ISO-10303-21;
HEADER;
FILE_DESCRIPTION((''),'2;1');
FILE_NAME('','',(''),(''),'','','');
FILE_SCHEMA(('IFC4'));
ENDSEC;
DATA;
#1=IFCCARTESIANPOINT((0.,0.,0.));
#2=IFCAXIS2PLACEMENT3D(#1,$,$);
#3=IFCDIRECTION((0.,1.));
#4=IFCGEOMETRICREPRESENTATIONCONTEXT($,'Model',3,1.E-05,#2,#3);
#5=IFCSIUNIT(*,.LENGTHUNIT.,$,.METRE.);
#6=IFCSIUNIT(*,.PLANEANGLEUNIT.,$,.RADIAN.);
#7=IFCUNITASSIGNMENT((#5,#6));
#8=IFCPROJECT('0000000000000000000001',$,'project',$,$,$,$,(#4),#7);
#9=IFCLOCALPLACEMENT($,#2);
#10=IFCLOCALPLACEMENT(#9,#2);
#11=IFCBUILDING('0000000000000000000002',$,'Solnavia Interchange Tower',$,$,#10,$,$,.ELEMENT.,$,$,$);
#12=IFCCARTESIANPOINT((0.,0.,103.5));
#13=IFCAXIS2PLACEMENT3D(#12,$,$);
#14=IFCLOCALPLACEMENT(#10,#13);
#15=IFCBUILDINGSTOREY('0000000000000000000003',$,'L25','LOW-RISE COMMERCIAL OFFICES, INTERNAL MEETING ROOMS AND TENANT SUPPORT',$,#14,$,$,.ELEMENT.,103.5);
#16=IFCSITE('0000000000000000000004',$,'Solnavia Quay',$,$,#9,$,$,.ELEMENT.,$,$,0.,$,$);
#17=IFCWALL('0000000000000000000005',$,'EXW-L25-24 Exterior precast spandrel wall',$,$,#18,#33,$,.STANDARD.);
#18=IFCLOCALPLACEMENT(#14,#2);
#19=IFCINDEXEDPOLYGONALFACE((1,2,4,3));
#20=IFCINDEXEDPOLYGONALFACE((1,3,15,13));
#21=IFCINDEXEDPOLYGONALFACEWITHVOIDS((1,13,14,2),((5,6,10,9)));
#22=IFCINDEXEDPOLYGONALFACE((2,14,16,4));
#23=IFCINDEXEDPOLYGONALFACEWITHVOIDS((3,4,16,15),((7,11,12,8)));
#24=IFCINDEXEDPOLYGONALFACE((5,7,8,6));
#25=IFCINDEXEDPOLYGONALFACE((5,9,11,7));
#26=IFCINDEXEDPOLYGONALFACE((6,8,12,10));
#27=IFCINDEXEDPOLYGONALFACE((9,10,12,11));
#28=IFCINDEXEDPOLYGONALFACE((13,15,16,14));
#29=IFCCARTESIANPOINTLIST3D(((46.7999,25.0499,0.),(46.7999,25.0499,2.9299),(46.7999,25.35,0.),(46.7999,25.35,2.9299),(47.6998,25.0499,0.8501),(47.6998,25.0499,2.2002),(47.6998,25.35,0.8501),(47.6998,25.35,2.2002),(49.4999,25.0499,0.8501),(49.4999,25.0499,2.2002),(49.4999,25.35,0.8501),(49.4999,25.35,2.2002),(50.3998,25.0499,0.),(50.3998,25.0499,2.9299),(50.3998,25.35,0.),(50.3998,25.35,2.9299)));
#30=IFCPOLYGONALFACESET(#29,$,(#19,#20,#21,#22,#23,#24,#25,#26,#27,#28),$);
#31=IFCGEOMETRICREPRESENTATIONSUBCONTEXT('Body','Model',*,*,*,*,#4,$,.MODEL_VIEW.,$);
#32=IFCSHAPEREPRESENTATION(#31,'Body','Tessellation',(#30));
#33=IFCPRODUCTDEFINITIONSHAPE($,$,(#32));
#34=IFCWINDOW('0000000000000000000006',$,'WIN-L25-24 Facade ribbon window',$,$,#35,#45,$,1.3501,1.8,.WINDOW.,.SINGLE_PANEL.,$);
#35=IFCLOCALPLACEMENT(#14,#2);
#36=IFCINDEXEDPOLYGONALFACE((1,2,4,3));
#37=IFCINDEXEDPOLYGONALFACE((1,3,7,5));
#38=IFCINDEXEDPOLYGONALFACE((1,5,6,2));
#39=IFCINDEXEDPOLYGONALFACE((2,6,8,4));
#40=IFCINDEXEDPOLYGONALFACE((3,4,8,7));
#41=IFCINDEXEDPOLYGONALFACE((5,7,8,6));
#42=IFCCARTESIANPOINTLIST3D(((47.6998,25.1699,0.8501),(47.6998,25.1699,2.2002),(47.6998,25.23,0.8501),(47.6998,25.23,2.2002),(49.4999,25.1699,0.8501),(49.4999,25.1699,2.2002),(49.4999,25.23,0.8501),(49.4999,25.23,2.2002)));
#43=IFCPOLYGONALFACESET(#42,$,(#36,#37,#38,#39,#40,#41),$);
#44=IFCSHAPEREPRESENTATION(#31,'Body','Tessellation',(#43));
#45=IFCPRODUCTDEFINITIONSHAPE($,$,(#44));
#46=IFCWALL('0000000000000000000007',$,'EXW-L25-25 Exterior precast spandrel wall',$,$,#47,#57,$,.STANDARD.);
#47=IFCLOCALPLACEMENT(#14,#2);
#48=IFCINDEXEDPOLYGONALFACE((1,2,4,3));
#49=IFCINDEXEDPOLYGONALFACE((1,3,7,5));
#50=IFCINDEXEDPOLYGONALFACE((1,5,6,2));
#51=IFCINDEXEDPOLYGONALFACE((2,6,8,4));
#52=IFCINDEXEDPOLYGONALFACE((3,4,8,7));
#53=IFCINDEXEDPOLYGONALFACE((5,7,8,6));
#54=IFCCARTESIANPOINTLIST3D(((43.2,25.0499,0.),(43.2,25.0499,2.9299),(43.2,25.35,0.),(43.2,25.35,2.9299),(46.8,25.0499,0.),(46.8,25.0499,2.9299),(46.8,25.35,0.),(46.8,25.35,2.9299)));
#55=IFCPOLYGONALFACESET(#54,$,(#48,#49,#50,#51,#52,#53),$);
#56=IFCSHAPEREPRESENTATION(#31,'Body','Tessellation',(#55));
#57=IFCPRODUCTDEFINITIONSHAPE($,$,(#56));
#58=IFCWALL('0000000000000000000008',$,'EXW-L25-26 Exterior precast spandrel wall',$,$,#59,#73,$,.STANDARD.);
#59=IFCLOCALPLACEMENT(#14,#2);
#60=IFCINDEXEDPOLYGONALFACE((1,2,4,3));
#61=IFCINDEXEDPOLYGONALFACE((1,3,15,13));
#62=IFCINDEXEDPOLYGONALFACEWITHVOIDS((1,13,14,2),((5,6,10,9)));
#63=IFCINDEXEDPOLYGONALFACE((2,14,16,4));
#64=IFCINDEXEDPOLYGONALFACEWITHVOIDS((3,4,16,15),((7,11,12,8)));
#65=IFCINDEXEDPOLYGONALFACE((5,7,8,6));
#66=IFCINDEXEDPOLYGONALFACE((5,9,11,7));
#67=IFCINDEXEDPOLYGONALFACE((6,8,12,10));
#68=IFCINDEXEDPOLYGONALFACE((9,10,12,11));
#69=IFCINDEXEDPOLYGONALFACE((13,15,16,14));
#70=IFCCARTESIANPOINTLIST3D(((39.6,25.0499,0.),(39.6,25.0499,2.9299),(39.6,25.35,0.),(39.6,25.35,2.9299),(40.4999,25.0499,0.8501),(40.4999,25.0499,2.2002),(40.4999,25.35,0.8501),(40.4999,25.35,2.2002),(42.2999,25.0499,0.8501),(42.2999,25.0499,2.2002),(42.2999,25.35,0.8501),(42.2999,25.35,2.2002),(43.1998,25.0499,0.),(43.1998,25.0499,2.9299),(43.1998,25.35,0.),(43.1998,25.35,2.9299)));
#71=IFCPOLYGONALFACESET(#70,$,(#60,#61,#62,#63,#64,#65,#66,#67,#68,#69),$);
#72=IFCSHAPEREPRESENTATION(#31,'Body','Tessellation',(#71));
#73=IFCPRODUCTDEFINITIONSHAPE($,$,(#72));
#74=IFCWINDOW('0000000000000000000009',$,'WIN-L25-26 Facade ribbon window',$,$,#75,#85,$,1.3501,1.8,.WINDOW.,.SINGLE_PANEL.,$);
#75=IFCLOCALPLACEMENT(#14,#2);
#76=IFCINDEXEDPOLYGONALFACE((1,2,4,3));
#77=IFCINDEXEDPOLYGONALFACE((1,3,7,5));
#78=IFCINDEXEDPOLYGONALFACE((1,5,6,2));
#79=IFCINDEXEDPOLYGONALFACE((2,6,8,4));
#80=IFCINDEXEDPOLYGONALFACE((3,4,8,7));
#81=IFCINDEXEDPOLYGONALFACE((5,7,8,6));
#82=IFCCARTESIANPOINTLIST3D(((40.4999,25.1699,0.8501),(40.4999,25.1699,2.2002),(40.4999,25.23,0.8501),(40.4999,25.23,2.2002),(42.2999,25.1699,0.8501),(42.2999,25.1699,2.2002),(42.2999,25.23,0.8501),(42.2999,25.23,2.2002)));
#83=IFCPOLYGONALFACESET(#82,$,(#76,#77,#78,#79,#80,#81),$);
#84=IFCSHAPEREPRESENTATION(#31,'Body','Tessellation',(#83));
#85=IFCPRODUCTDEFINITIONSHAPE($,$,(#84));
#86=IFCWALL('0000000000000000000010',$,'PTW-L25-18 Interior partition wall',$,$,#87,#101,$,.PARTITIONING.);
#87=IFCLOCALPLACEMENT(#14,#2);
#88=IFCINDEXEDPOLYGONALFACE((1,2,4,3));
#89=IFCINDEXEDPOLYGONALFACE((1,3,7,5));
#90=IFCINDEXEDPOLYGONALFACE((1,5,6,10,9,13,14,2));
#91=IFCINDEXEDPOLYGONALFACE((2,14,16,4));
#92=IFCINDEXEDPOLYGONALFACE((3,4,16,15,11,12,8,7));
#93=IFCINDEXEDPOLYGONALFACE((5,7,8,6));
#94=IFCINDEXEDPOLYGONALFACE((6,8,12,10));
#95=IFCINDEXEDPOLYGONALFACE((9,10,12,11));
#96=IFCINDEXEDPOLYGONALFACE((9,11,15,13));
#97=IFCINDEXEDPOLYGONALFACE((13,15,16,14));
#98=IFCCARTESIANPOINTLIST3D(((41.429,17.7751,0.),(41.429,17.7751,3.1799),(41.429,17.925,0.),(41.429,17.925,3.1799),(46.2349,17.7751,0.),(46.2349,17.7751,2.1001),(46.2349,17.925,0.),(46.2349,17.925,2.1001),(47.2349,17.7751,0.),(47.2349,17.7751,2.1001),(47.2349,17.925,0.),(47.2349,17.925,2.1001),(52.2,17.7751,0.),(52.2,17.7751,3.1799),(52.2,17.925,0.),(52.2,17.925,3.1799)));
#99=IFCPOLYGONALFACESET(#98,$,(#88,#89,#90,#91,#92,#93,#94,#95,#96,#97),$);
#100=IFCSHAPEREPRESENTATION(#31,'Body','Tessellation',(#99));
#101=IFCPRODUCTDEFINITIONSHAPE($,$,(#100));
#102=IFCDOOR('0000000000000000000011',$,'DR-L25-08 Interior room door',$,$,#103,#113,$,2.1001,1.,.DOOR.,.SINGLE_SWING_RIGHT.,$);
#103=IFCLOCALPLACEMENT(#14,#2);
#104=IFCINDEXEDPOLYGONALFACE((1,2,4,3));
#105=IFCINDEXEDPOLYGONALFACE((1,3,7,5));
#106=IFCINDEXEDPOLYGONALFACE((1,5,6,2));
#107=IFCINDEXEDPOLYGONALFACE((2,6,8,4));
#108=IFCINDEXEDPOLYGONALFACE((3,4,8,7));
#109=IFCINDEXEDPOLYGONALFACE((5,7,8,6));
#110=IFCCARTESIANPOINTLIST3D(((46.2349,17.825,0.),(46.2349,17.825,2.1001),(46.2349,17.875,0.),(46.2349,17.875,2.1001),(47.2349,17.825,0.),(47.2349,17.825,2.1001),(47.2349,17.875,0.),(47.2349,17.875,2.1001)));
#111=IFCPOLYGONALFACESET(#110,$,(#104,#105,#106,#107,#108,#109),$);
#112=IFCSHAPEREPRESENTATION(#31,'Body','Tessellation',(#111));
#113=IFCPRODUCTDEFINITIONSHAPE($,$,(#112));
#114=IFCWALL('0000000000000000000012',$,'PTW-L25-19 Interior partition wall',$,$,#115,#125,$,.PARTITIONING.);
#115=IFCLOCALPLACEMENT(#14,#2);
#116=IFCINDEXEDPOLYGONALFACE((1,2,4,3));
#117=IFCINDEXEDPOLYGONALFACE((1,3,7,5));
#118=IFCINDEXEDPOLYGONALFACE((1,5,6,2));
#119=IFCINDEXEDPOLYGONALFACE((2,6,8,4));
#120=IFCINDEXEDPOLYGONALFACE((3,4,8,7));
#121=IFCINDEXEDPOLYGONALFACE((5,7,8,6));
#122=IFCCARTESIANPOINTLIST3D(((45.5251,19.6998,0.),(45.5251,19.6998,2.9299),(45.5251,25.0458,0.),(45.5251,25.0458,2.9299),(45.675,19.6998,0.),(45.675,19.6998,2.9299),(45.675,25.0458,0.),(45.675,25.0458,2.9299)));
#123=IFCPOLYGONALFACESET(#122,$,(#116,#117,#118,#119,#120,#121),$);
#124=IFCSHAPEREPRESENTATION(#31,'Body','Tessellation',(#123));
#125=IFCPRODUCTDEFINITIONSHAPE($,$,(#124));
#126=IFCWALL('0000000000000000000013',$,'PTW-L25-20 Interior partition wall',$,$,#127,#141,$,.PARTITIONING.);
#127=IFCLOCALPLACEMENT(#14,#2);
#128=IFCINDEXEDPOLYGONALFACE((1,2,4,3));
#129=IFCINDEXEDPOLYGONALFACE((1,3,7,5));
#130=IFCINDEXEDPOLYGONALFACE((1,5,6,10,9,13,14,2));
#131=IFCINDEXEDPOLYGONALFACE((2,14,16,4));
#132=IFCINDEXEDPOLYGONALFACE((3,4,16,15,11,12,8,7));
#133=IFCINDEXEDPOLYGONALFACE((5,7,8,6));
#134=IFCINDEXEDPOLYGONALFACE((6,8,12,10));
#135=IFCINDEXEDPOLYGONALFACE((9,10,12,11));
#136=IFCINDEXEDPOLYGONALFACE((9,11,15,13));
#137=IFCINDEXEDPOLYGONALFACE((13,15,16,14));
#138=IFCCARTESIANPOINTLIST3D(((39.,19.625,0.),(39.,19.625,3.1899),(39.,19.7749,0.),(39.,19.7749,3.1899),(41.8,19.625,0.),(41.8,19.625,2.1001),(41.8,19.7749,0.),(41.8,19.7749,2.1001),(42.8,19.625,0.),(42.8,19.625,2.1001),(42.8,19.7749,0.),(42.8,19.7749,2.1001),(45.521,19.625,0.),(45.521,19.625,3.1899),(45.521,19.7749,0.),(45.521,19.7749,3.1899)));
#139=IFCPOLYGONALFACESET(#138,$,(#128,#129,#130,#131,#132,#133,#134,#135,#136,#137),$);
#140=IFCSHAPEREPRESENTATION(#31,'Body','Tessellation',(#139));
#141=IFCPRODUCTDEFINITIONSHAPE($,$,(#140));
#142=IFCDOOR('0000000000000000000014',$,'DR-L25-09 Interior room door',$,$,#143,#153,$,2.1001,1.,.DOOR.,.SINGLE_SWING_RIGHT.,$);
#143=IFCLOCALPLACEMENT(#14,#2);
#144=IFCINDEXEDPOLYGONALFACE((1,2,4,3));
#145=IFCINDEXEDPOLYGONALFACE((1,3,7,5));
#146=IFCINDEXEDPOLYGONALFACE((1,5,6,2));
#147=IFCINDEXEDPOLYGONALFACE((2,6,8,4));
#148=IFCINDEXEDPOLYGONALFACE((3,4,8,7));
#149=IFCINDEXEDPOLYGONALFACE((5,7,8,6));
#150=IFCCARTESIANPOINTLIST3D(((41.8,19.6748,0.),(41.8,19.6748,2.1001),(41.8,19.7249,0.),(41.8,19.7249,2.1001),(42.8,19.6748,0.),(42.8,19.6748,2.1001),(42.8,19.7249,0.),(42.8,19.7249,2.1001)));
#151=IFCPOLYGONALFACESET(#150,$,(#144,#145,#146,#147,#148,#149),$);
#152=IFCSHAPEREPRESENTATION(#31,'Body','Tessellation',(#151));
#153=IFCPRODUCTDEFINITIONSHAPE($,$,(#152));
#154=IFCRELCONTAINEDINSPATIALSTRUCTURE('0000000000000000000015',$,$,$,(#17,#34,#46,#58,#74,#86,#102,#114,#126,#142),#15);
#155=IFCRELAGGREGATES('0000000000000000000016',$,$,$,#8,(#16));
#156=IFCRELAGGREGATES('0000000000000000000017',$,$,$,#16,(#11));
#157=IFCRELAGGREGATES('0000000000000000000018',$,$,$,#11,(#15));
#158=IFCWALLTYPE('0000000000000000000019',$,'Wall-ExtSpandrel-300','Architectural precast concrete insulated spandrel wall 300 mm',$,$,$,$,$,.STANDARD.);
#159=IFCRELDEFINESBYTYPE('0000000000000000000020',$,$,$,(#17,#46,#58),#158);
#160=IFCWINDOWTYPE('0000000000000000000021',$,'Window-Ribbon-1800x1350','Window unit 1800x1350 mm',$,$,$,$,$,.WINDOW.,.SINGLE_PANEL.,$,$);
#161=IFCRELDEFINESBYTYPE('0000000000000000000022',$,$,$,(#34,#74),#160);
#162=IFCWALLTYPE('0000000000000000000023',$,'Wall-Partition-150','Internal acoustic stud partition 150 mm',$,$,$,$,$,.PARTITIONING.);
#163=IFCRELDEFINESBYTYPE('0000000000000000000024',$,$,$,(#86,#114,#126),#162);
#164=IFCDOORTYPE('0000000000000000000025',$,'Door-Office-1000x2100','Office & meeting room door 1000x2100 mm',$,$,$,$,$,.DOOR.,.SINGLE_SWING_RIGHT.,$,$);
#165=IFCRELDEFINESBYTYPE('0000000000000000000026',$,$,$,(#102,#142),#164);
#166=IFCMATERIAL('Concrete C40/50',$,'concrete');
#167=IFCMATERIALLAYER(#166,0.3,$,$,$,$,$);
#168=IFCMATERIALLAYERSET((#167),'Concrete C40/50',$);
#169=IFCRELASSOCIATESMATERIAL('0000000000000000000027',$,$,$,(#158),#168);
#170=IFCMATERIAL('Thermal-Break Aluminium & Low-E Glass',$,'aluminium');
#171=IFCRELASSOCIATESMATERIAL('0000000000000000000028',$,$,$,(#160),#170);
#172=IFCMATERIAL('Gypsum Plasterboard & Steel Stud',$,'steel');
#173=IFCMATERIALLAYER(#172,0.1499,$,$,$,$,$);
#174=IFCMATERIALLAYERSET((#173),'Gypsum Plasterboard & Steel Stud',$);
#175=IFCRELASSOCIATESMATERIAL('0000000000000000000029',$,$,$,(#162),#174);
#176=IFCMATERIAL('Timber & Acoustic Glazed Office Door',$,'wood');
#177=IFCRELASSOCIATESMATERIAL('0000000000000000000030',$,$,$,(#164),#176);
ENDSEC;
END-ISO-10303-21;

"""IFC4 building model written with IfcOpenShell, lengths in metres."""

from ifc_helpers import new_model, si_unit, direction, frame, frame_2d, origin, place, context, subcontext, project, spatial, rectangle, extrude, material, layer, layer_set, type_object, element, fill, save


model = new_model("IFC4")

# Units and contexts
model_context = context("Model", 3, precision=1e-05, world=origin(), true_north=direction((0.0, 1.0)))
body_context = subcontext(model_context, "Body", "Model", "MODEL_VIEW")
ifc_project = project(units=[si_unit("LENGTHUNIT", "METRE"), si_unit("PLANEANGLEUNIT", "RADIAN")], contexts=[model_context])

# Site, building, storey
site_placement = place(None, origin())
site = spatial("IfcSite", under=ifc_project, at=site_placement, Name="Solnavia Quay", CompositionType="ELEMENT", RefElevation=0.0)
building_placement = place(site_placement, origin())
building = spatial("IfcBuilding", under=site, at=building_placement, Name="Solnavia Interchange Tower", CompositionType="ELEMENT")
storey_placement = place(building_placement, frame((0.0, 0.0, 103.5)))
storey = spatial("IfcBuildingStorey", under=building, at=storey_placement, Name="L25", Description="LOW-RISE COMMERCIAL OFFICES, INTERNAL MEETING ROOMS AND TENANT SUPPORT", CompositionType="ELEMENT", Elevation=103.5)

# Wall, opening, window
ifc_material_1 = material(Name="Concrete C40/50", Category="concrete")
ifc_layer_1 = layer(ifc_material_1, 0.3)
ifc_layer_set_1 = layer_set([ifc_layer_1], Name="Concrete C40/50")
wall_type_1 = type_object("IfcWallType", Name="Wall-ExtSpandrel-300", Description="Architectural precast concrete insulated spandrel wall 300 mm", PredefinedType="STANDARD", material=ifc_layer_set_1)
wall_1_placement = place(storey_placement, frame((46.8, 25.2, 0.0), z_axis=(0.0, 0.0, 1.0), x_axis=(1.0, 0.0, 0.0)))
wall_1 = element("IfcWall", 1, at=wall_1_placement, inside=storey, type_object=wall_type_1, Name="EXW-L25-24 Exterior precast spandrel wall", PredefinedType="STANDARD", context=body_context, shape_type="SweptSolid", body=[
    extrude(rectangle(XDim=3.5999, YDim=0.3, at=frame_2d((1.7998, 0.0))), origin(), (0.0, 0.0, 1.0), 2.9299),
])
opening_1_placement = place(wall_1_placement, frame((0.8999, 0.0, 0.8501)))
opening_1 = element("IfcOpeningElement", 2, at=opening_1_placement, cuts=wall_1, PredefinedType="OPENING", context=body_context, shape_type="SweptSolid", body=[
    extrude(rectangle(XDim=1.8, YDim=1.3501, at=frame_2d((0.8999, 0.675))), frame((0.0, 0.1602, 0.0), z_axis=(0.0, -1.0, 0.0), x_axis=(1.0, 0.0, 0.0)), (0.0, 0.0, 1.0), 0.3201),
])
ifc_material_2 = material(Name="Thermal-Break Aluminium & Low-E Glass", Category="aluminium")
window_type = type_object("IfcWindowType", Name="Window-Ribbon-1800x1350", Description="Window unit 1800x1350 mm", PartitioningType="SINGLE_PANEL", PredefinedType="WINDOW", material=ifc_material_2)
window_1_placement = place(opening_1_placement, origin())
window_1 = element("IfcWindow", 3, at=window_1_placement, inside=storey, type_object=window_type, Name="WIN-L25-24 Facade ribbon window", OverallHeight=1.3501, OverallWidth=1.8, PartitioningType="SINGLE_PANEL", PredefinedType="WINDOW", context=body_context, shape_type="SweptSolid", body=[
    extrude(rectangle(XDim=1.8, YDim=1.3501, at=frame_2d((0.8999, 0.675))), frame((0.0, 0.03, 0.0), z_axis=(0.0, -1.0, 0.0), x_axis=(1.0, 0.0, 0.0)), (0.0, 0.0, 1.0), 0.0601),
])
fill(opening_1, window_1)

# Wall
wall_2_placement = place(storey_placement, frame((43.2, 25.2, 0.0), z_axis=(0.0, 0.0, 1.0), x_axis=(1.0, 0.0, 0.0)))
element("IfcWall", 4, at=wall_2_placement, inside=storey, type_object=wall_type_1, Name="EXW-L25-25 Exterior precast spandrel wall", PredefinedType="STANDARD", context=body_context, shape_type="SweptSolid", body=[
    extrude(rectangle(XDim=3.6001, YDim=0.3, at=frame_2d((1.8, 0.0))), origin(), (0.0, 0.0, 1.0), 2.9299),
])

# Wall, opening, window
wall_3_placement = place(storey_placement, frame((39.6001, 25.2, 0.0), z_axis=(0.0, 0.0, 1.0), x_axis=(1.0, 0.0, 0.0)))
wall_3 = element("IfcWall", 5, at=wall_3_placement, inside=storey, type_object=wall_type_1, Name="EXW-L25-26 Exterior precast spandrel wall", PredefinedType="STANDARD", context=body_context, shape_type="SweptSolid", body=[
    extrude(rectangle(XDim=3.5999, YDim=0.3, at=frame_2d((1.7998, 0.0))), origin(), (0.0, 0.0, 1.0), 2.9299),
])
opening_2_placement = place(wall_3_placement, frame((0.8999, 0.0, 0.8501)))
opening_2 = element("IfcOpeningElement", 6, at=opening_2_placement, cuts=wall_3, PredefinedType="OPENING", context=body_context, shape_type="SweptSolid", body=[
    extrude(rectangle(XDim=1.8, YDim=1.3501, at=frame_2d((0.8999, 0.675))), frame((0.0, 0.1602, 0.0), z_axis=(0.0, -1.0, 0.0), x_axis=(1.0, 0.0, 0.0)), (0.0, 0.0, 1.0), 0.3201),
])
window_2_placement = place(opening_2_placement, origin())
window_2 = element("IfcWindow", 7, at=window_2_placement, inside=storey, type_object=window_type, Name="WIN-L25-26 Facade ribbon window", OverallHeight=1.3501, OverallWidth=1.8, PartitioningType="SINGLE_PANEL", PredefinedType="WINDOW", context=body_context, shape_type="SweptSolid", body=[
    extrude(rectangle(XDim=1.8, YDim=1.3501, at=frame_2d((0.8999, 0.675))), frame((0.0, 0.03, 0.0), z_axis=(0.0, -1.0, 0.0), x_axis=(1.0, 0.0, 0.0)), (0.0, 0.0, 1.0), 0.0601),
])
fill(opening_2, window_2)

# Wall, opening, door
ifc_material_3 = material(Name="Gypsum Plasterboard & Steel Stud", Category="steel")
ifc_layer_2 = layer(ifc_material_3, 0.1499)
ifc_layer_set_2 = layer_set([ifc_layer_2], Name="Gypsum Plasterboard & Steel Stud")
wall_type_2 = type_object("IfcWallType", Name="Wall-Partition-150", Description="Internal acoustic stud partition 150 mm", PredefinedType="PARTITIONING", material=ifc_layer_set_2)
wall_4_placement = place(storey_placement, frame((41.429, 17.8501, 0.0), z_axis=(0.0, 0.0, 1.0), x_axis=(1.0, 0.0, 0.0)))
wall_4 = element("IfcWall", 8, at=wall_4_placement, inside=storey, type_object=wall_type_2, Name="PTW-L25-18 Interior partition wall", PredefinedType="PARTITIONING", context=body_context, shape_type="SweptSolid", body=[
    extrude(rectangle(XDim=10.771, YDim=0.1499, at=frame_2d((5.3855, 0.0))), origin(), (0.0, 0.0, 1.0), 3.1799),
])
opening_3_placement = place(wall_4_placement, frame((4.8059, 0.0, 0.0)))
opening_3 = element("IfcOpeningElement", 9, at=opening_3_placement, cuts=wall_4, PredefinedType="OPENING", context=body_context, shape_type="SweptSolid", body=[
    extrude(rectangle(XDim=1.0, YDim=2.1001, at=frame_2d((0.5, 1.05))), frame((0.0, 0.085, 0.0), z_axis=(0.0, -1.0, 0.0), x_axis=(1.0, 0.0, 0.0)), (0.0, 0.0, 1.0), 0.1699),
])
ifc_material_4 = material(Name="Timber & Acoustic Glazed Office Door", Category="wood")
door_type = type_object("IfcDoorType", Name="Door-Office-1000x2100", Description="Office & meeting room door 1000x2100 mm", OperationType="SINGLE_SWING_RIGHT", PredefinedType="DOOR", material=ifc_material_4)
door_1_placement = place(opening_3_placement, origin())
door_1 = element("IfcDoor", 10, at=door_1_placement, inside=storey, type_object=door_type, Name="DR-L25-08 Interior room door", OperationType="SINGLE_SWING_RIGHT", OverallHeight=2.1001, OverallWidth=1.0, PredefinedType="DOOR", context=body_context, shape_type="SweptSolid", body=[
    extrude(rectangle(XDim=1.0, YDim=2.1001, at=frame_2d((0.5, 1.05))), frame((0.0, 0.0249, 0.0), z_axis=(0.0, -1.0, 0.0), x_axis=(1.0, 0.0, 0.0)), (0.0, 0.0, 1.0), 0.05),
])
fill(opening_3, door_1)

# Wall
wall_5_placement = place(storey_placement, frame((45.6001, 19.7, 0.0), z_axis=(0.0, 0.0, 1.0), x_axis=(0.0, 1.0, 0.0)))
element("IfcWall", 11, at=wall_5_placement, inside=storey, type_object=wall_type_2, Name="PTW-L25-19 Interior partition wall", PredefinedType="PARTITIONING", context=body_context, shape_type="SweptSolid", body=[
    extrude(rectangle(XDim=5.3459, YDim=0.1499, at=frame_2d((2.6729, 0.0))), origin(), (0.0, 0.0, 1.0), 2.9299),
])

# Wall, opening, door
wall_6_placement = place(storey_placement, frame((39.0, 19.7, 0.0), z_axis=(0.0, 0.0, 1.0), x_axis=(1.0, 0.0, 0.0)))
wall_6 = element("IfcWall", 12, at=wall_6_placement, inside=storey, type_object=wall_type_2, Name="PTW-L25-20 Interior partition wall", PredefinedType="PARTITIONING", context=body_context, shape_type="SweptSolid", body=[
    extrude(rectangle(XDim=6.521, YDim=0.1499, at=frame_2d((3.2605, 0.0))), origin(), (0.0, 0.0, 1.0), 3.1899),
])
opening_4_placement = place(wall_6_placement, frame((2.8, 0.0, 0.0)))
opening_4 = element("IfcOpeningElement", 13, at=opening_4_placement, cuts=wall_6, PredefinedType="OPENING", context=body_context, shape_type="SweptSolid", body=[
    extrude(rectangle(XDim=1.0, YDim=2.1001, at=frame_2d((0.5, 1.05))), frame((0.0, 0.085, 0.0), z_axis=(0.0, -1.0, 0.0), x_axis=(1.0, 0.0, 0.0)), (0.0, 0.0, 1.0), 0.1699),
])
door_2_placement = place(opening_4_placement, origin())
door_2 = element("IfcDoor", 14, at=door_2_placement, inside=storey, type_object=door_type, Name="DR-L25-09 Interior room door", OperationType="SINGLE_SWING_RIGHT", OverallHeight=2.1001, OverallWidth=1.0, PredefinedType="DOOR", context=body_context, shape_type="SweptSolid", body=[
    extrude(rectangle(XDim=1.0, YDim=2.1001, at=frame_2d((0.5, 1.05))), frame((0.0, 0.0249, 0.0), z_axis=(0.0, -1.0, 0.0), x_axis=(1.0, 0.0, 0.0)), (0.0, 0.0, 1.0), 0.05),
])
fill(opening_4, door_2)

save(model, "model.ifc")
